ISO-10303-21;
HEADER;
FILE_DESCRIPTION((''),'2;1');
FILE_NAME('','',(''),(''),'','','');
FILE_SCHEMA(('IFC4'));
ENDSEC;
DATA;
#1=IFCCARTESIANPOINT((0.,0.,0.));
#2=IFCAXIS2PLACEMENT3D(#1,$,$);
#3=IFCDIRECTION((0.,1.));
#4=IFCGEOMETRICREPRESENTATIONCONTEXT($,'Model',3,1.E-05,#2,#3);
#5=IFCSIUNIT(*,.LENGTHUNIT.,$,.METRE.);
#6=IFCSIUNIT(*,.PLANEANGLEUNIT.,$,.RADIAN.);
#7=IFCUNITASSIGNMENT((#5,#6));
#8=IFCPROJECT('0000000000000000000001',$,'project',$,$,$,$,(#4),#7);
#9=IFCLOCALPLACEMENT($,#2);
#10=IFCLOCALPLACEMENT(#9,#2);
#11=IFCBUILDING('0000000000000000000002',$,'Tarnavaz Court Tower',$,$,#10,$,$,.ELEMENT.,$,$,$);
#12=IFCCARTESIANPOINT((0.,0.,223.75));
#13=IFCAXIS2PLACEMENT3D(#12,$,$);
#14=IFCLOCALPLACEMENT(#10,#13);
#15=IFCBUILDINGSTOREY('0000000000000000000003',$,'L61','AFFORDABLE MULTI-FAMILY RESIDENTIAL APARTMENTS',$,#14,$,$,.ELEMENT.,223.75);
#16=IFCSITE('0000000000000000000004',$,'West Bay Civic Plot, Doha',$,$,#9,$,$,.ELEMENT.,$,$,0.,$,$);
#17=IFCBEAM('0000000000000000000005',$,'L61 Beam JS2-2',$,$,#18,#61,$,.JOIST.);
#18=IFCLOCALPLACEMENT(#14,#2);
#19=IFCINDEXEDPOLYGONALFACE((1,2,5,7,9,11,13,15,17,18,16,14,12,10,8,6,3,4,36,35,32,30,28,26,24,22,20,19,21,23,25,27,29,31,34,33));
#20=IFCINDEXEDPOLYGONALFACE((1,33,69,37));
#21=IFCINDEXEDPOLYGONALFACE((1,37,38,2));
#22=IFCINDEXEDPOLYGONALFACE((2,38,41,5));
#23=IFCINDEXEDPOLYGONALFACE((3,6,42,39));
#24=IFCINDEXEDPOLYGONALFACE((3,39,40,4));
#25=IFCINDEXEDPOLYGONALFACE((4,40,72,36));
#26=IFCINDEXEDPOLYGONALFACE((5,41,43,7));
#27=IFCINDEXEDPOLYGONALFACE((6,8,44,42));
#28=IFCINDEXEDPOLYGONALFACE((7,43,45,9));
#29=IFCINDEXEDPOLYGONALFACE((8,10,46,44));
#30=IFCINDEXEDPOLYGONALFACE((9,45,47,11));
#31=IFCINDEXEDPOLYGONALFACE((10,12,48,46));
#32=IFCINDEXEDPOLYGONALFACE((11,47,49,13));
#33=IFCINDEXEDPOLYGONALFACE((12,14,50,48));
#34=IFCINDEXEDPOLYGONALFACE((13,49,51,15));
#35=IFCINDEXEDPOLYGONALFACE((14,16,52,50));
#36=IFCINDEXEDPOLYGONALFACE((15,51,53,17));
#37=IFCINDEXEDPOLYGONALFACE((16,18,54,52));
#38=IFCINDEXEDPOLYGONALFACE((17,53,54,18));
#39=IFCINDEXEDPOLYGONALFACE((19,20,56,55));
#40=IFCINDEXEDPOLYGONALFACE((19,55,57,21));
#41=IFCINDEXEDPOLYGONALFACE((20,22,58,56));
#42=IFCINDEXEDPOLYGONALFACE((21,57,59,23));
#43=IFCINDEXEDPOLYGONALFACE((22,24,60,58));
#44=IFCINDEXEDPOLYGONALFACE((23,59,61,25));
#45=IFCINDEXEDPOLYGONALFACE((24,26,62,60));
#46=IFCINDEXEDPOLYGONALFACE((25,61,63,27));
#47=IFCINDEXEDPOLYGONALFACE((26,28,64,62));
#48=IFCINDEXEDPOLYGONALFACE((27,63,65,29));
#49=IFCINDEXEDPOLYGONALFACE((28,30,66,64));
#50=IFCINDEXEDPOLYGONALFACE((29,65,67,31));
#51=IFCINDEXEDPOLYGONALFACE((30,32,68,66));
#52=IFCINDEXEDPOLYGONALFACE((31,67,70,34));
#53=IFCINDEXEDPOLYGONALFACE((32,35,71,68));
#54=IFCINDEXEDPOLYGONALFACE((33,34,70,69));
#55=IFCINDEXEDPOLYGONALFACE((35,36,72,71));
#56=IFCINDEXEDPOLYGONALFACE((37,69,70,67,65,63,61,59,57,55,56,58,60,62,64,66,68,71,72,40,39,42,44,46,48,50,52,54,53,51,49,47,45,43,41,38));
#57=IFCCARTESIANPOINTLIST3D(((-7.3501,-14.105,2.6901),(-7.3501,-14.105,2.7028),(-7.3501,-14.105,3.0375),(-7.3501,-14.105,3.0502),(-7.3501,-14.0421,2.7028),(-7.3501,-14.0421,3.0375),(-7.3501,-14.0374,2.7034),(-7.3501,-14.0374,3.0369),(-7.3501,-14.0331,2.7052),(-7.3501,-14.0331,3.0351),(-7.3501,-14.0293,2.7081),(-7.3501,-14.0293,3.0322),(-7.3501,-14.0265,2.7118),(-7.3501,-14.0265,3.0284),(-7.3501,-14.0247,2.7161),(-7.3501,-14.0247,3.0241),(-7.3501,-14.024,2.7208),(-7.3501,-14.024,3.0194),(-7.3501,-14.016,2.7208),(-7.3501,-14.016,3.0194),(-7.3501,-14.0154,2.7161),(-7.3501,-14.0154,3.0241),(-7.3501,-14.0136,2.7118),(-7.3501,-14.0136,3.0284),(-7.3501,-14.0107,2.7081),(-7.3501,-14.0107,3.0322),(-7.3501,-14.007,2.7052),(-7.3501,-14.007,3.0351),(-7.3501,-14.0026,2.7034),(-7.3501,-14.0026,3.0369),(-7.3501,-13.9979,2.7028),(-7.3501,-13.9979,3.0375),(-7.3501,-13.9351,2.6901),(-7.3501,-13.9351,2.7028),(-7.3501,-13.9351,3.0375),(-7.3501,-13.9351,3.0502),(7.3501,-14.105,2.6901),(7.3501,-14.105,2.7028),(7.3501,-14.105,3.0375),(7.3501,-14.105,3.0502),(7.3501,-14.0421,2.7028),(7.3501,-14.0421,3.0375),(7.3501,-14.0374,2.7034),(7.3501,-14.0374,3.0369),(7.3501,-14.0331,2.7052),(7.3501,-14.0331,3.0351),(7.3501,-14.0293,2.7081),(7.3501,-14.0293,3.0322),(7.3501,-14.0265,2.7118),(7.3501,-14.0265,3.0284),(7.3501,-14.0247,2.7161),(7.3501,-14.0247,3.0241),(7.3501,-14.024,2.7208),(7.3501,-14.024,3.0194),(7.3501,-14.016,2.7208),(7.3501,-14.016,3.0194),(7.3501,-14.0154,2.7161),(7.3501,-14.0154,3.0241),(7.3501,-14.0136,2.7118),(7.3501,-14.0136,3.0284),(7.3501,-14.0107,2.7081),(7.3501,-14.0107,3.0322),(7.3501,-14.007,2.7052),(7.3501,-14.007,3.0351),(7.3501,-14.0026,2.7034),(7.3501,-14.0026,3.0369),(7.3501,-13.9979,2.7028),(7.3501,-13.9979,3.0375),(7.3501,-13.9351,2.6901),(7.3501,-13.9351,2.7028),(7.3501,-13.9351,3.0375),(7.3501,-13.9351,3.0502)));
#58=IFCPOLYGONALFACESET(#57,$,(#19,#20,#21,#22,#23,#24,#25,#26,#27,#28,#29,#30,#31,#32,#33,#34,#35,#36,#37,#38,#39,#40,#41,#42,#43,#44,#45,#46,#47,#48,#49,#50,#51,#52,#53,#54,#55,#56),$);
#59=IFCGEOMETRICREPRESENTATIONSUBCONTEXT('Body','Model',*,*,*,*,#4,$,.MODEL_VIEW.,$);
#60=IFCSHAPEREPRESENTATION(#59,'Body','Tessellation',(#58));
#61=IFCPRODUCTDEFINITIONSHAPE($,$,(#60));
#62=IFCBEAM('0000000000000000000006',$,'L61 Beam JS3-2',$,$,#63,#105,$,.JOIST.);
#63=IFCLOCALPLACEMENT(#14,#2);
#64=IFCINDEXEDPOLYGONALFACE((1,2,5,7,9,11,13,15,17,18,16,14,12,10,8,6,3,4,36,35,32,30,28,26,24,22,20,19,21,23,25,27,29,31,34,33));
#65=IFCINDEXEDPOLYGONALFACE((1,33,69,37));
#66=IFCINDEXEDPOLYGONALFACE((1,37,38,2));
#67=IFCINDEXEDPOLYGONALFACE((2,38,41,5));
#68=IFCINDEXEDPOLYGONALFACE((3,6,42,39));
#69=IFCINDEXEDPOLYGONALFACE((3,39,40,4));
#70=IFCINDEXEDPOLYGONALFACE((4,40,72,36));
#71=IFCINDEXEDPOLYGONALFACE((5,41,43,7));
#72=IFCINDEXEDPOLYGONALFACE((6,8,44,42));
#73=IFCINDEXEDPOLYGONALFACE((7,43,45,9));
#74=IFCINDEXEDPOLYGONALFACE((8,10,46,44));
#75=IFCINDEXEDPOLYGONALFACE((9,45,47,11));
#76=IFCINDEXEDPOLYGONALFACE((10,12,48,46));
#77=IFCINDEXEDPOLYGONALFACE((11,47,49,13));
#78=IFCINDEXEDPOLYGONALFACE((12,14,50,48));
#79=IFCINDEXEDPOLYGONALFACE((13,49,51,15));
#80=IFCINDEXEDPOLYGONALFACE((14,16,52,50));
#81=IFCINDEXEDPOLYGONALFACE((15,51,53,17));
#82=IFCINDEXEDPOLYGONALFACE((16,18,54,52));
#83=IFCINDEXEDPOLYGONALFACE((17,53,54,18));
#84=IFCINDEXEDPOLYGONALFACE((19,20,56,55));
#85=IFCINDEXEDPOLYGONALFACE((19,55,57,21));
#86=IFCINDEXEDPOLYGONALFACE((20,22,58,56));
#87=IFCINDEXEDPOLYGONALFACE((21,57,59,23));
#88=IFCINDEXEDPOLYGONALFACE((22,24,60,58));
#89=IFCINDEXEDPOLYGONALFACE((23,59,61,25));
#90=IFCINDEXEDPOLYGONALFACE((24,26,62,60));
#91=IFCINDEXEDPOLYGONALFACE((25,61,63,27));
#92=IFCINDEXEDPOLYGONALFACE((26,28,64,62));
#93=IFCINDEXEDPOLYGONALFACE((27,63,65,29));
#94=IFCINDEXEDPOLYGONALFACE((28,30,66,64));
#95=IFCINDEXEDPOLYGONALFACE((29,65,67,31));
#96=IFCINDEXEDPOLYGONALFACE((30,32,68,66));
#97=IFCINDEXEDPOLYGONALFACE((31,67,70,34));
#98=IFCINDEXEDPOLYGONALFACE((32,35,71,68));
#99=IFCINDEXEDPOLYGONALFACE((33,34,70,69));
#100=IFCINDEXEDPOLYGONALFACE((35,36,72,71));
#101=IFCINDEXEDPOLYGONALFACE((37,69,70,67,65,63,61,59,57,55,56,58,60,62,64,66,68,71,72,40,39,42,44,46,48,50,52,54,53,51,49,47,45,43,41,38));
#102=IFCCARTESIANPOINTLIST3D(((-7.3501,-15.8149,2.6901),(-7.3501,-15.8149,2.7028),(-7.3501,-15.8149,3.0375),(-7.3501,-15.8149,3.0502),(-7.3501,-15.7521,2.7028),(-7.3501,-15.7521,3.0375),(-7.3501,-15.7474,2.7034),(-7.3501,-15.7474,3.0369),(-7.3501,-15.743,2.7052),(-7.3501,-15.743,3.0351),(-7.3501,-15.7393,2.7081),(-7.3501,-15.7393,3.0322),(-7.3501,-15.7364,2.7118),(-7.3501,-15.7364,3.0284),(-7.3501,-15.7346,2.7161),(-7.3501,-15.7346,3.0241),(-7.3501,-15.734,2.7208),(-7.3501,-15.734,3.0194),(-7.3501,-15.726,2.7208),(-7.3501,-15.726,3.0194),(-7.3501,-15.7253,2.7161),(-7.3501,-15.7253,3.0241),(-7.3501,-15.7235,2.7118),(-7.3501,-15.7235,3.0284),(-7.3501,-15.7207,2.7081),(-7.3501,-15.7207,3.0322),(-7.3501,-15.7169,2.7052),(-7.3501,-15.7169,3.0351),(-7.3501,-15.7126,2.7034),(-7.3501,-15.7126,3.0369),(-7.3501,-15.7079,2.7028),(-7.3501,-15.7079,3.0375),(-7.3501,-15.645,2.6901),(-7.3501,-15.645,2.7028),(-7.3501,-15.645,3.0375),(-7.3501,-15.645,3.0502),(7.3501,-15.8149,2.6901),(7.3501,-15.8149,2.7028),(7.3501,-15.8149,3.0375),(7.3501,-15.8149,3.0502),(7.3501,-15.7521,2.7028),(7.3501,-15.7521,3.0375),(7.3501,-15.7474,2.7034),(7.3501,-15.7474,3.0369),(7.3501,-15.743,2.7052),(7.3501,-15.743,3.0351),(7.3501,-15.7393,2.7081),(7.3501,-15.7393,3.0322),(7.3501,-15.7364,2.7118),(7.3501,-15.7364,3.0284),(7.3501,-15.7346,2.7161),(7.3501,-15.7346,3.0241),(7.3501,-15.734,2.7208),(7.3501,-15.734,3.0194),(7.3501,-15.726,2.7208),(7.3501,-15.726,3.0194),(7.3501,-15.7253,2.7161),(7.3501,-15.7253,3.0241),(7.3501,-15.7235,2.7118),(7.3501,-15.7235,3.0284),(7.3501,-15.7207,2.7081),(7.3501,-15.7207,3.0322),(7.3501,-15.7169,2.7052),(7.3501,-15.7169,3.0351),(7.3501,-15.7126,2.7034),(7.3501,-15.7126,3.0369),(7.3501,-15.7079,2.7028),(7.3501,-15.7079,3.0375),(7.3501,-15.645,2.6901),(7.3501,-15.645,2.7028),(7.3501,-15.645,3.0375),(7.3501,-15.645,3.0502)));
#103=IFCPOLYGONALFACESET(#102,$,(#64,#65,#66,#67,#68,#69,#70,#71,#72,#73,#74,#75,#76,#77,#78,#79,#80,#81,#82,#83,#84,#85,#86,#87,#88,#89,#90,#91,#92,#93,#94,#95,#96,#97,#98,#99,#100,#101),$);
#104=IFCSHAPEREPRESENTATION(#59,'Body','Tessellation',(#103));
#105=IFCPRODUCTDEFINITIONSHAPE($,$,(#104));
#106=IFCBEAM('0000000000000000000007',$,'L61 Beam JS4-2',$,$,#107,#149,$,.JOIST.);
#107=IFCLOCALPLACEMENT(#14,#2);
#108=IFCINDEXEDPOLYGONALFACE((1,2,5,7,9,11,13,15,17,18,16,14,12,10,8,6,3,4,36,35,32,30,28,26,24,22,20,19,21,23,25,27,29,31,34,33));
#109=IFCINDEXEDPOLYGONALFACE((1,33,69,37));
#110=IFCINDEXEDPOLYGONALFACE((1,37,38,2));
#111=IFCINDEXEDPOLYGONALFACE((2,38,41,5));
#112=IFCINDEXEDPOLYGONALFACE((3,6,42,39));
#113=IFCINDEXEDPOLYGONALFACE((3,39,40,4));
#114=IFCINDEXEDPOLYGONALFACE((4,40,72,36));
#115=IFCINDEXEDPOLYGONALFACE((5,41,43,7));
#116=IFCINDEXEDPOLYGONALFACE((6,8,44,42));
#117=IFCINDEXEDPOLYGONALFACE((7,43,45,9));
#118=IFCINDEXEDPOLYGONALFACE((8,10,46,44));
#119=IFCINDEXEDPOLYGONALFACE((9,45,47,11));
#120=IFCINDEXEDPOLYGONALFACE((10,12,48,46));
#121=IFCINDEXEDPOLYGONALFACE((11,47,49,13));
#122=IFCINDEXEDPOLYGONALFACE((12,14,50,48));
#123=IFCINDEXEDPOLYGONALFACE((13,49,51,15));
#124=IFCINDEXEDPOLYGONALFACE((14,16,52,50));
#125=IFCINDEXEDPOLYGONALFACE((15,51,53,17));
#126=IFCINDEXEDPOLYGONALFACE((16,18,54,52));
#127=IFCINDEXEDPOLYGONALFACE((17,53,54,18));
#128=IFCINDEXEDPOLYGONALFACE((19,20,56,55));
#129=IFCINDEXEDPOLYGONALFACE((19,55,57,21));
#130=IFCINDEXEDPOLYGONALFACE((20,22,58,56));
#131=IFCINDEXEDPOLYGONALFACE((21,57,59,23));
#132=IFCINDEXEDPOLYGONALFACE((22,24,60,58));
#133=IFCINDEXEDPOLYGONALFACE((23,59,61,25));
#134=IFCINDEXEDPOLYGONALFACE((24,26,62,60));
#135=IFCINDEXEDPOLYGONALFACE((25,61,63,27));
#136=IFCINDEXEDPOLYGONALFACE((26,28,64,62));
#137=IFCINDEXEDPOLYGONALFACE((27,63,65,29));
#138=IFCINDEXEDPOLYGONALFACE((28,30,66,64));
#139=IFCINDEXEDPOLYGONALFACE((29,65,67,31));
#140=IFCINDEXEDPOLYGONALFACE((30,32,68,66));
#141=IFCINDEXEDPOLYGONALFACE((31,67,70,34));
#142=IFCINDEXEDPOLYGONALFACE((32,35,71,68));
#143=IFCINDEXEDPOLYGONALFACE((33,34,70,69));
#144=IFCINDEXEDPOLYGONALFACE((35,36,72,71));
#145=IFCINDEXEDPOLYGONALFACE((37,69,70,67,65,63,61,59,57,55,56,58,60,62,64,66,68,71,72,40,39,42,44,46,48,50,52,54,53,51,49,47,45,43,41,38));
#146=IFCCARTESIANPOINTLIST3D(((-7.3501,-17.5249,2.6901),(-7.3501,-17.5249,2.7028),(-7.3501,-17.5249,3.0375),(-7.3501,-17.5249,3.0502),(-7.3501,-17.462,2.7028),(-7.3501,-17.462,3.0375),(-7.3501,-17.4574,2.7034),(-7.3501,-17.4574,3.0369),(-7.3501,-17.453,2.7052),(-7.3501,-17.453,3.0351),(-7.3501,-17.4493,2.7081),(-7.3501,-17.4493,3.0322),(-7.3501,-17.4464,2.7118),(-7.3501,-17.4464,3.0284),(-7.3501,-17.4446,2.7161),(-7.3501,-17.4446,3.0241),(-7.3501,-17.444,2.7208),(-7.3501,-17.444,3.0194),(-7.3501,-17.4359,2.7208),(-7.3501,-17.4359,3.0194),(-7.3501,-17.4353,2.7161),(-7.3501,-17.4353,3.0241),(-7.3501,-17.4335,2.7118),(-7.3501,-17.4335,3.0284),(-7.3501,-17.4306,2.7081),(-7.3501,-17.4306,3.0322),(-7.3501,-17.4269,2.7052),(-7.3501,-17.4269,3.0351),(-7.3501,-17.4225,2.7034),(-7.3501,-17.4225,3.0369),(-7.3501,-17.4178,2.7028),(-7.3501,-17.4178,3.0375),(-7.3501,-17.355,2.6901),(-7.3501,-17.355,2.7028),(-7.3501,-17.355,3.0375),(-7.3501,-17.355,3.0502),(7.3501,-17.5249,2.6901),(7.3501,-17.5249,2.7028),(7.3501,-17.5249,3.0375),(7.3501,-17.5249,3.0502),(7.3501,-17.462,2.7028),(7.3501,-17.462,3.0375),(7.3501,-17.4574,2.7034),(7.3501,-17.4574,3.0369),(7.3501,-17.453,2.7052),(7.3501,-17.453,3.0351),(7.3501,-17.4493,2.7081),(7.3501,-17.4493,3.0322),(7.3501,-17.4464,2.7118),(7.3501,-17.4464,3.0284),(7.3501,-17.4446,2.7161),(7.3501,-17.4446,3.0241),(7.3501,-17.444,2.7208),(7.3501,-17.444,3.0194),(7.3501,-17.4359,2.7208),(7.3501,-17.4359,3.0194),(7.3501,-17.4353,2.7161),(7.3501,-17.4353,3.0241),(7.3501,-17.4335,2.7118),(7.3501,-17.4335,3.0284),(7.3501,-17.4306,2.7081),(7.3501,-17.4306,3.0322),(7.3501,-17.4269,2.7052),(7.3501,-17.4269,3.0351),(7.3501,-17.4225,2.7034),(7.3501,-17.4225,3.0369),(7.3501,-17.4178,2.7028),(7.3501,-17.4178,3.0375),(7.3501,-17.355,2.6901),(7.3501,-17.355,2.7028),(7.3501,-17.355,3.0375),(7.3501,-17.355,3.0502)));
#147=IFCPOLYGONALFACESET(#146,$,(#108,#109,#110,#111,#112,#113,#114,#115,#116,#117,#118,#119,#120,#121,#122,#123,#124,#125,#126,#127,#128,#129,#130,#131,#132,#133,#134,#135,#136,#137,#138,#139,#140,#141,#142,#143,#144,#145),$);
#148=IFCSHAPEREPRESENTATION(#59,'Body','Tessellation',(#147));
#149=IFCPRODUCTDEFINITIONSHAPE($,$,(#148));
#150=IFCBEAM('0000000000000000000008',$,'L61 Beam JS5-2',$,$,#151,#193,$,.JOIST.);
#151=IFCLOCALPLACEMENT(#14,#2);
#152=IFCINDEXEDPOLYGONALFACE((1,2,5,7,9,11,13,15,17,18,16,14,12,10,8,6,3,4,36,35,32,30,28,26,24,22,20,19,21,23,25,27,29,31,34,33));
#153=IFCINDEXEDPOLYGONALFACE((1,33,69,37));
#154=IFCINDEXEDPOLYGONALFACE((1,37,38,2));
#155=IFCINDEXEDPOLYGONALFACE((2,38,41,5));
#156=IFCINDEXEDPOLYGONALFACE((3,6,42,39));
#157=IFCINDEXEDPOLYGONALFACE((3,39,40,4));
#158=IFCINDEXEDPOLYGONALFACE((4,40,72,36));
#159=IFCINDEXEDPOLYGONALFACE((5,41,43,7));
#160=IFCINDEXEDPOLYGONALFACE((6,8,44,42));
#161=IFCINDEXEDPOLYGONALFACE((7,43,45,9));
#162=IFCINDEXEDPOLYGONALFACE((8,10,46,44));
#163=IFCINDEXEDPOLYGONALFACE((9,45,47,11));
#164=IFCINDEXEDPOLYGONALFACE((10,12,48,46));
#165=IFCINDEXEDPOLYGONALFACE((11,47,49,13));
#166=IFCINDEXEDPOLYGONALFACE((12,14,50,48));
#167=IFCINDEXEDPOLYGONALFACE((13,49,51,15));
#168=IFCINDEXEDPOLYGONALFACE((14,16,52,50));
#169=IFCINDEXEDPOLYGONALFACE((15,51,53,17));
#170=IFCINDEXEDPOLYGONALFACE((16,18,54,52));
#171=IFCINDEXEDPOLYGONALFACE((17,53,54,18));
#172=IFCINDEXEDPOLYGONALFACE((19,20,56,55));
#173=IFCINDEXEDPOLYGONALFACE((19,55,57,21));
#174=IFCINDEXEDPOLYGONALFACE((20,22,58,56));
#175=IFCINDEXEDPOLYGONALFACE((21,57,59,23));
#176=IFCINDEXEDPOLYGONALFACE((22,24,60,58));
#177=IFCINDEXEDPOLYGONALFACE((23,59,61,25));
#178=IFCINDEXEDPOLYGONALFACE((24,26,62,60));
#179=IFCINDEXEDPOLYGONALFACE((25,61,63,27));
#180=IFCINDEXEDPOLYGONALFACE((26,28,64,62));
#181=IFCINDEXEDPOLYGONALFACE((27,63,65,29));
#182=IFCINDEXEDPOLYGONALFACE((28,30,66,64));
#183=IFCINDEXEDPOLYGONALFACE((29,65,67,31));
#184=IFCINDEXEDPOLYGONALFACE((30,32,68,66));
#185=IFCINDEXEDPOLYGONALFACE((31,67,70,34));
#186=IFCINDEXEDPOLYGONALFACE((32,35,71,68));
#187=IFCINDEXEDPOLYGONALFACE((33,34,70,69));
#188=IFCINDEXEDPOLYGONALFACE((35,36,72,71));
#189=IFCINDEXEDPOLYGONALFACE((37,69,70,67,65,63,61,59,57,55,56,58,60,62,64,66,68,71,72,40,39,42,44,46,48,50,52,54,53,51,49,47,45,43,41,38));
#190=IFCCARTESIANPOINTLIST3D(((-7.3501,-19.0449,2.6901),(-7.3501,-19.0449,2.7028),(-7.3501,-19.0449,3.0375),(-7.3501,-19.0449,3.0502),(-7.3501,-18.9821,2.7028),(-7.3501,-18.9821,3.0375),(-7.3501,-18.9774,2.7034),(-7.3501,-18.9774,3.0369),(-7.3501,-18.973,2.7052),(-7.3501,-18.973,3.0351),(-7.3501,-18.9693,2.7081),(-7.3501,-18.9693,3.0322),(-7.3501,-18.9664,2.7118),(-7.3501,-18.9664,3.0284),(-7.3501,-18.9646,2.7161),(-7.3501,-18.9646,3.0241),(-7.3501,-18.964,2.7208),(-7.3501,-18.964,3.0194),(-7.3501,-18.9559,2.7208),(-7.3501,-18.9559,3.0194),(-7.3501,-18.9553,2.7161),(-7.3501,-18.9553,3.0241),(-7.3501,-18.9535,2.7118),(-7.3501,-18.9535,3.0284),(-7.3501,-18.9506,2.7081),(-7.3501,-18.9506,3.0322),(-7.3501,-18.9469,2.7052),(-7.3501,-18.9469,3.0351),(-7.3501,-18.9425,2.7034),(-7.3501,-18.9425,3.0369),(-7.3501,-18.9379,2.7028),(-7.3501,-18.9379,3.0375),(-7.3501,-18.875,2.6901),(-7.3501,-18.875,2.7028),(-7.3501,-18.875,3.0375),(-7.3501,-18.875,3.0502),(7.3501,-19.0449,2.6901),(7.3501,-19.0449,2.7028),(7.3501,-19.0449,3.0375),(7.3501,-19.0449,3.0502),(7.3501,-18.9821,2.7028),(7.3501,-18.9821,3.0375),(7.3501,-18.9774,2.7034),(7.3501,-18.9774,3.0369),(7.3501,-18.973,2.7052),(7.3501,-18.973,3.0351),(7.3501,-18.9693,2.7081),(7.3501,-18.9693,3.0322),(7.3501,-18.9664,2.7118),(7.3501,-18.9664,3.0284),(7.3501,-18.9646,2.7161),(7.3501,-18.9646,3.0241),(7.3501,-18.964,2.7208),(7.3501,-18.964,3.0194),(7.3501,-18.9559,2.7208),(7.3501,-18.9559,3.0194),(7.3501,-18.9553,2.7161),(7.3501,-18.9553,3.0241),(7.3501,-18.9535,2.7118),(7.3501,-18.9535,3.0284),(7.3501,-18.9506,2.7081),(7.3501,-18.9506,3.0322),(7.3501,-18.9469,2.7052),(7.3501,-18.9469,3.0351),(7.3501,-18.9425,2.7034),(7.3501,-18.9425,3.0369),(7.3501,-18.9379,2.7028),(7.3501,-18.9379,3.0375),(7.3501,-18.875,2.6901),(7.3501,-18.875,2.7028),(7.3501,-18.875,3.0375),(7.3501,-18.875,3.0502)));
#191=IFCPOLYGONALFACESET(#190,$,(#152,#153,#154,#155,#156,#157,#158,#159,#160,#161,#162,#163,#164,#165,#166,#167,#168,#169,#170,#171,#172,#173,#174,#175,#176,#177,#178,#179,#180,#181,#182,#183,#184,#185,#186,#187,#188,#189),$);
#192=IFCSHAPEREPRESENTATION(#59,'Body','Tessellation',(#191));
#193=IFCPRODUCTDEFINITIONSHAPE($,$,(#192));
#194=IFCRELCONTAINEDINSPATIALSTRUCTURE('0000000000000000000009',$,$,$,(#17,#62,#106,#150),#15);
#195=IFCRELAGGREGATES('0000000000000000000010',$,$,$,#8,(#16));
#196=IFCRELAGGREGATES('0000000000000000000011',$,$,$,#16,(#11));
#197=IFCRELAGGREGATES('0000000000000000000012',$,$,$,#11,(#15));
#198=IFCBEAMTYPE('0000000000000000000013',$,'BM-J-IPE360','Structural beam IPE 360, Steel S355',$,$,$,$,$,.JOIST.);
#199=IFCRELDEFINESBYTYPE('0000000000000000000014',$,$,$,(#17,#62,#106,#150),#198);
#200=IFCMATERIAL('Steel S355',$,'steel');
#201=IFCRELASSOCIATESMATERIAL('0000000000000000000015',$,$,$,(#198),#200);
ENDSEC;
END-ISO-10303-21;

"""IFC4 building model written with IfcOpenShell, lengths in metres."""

from ifc_helpers import new_model, si_unit, direction, frame, origin, origin_2d, place, context, subcontext, project, spatial, i_section, extrude, material, material_profile, profile_set, type_object, element, save


model = new_model("IFC4")

# Units and contexts
model_context = context("Model", 3, precision=1e-05, world=origin(), true_north=direction((0.0, 1.0)))
body_context = subcontext(model_context, "Body", "Model", "MODEL_VIEW")
ifc_project = project(units=[si_unit("LENGTHUNIT", "METRE"), si_unit("PLANEANGLEUNIT", "RADIAN")], contexts=[model_context])

# Site, building, storey
site_placement = place(None, origin())
site = spatial("IfcSite", under=ifc_project, at=site_placement, Name="West Bay Civic Plot, Doha", CompositionType="ELEMENT", RefElevation=0.0)
building_placement = place(site_placement, origin())
building = spatial("IfcBuilding", under=site, at=building_placement, Name="Tarnavaz Court Tower", CompositionType="ELEMENT")
storey_placement = place(building_placement, frame((0.0, 0.0, 223.75)))
storey = spatial("IfcBuildingStorey", under=building, at=storey_placement, Name="L61", Description="AFFORDABLE MULTI-FAMILY RESIDENTIAL APARTMENTS", CompositionType="ELEMENT", Elevation=223.75)

# Beams
ifc_material_1 = material(Name="Steel S355", Category="steel")
ifc_material_profile_1 = material_profile(ifc_material_1, i_section(OverallWidth=0.1699, OverallDepth=0.3601, WebThickness=0.0081, FlangeThickness=0.0127, FilletRadius=0.0181, at=origin_2d()), Name="IPE 360")
ifc_profile_set_1 = profile_set([ifc_material_profile_1], Name="Steel S355")
beam_type_1 = type_object("IfcBeamType", Name="BM-J-IPE360", Description="Structural beam IPE 360, Steel S355", PredefinedType="JOIST", material=ifc_profile_set_1)
for number, where, z_axis, x_axis, name in (
    (1, (-7.3501, -14.02, 2.8701), (1.0, 0.0, 0.0), (0.0, 1.0, 0.0), "L61 Beam JS2-2"),
    (2, (-7.3501, -15.73, 2.8701), (1.0, 0.0, 0.0), (0.0, 1.0, 0.0), "L61 Beam JS3-2"),
    (3, (-7.3501, -17.4399, 2.8701), (1.0, 0.0, 0.0), (0.0, 1.0, 0.0), "L61 Beam JS4-2"),
    (4, (-7.3501, -18.96, 2.8701), (1.0, 0.0, 0.0), (0.0, 1.0, 0.0), "L61 Beam JS5-2"),
):
    element("IfcBeam", number, at=place(storey_placement, frame(where, z_axis=z_axis, x_axis=x_axis)), inside=storey, type_object=beam_type_1, Name=name, PredefinedType="JOIST", context=body_context, shape_type="SweptSolid", body=[
        extrude(i_section(OverallWidth=0.1699, OverallDepth=0.3601, WebThickness=0.0081, FlangeThickness=0.0127, FilletRadius=0.0181, at=origin_2d()), origin(), (0.0, 0.0, 1.0), 14.7002),
    ])

save(model, "model.ifc")
